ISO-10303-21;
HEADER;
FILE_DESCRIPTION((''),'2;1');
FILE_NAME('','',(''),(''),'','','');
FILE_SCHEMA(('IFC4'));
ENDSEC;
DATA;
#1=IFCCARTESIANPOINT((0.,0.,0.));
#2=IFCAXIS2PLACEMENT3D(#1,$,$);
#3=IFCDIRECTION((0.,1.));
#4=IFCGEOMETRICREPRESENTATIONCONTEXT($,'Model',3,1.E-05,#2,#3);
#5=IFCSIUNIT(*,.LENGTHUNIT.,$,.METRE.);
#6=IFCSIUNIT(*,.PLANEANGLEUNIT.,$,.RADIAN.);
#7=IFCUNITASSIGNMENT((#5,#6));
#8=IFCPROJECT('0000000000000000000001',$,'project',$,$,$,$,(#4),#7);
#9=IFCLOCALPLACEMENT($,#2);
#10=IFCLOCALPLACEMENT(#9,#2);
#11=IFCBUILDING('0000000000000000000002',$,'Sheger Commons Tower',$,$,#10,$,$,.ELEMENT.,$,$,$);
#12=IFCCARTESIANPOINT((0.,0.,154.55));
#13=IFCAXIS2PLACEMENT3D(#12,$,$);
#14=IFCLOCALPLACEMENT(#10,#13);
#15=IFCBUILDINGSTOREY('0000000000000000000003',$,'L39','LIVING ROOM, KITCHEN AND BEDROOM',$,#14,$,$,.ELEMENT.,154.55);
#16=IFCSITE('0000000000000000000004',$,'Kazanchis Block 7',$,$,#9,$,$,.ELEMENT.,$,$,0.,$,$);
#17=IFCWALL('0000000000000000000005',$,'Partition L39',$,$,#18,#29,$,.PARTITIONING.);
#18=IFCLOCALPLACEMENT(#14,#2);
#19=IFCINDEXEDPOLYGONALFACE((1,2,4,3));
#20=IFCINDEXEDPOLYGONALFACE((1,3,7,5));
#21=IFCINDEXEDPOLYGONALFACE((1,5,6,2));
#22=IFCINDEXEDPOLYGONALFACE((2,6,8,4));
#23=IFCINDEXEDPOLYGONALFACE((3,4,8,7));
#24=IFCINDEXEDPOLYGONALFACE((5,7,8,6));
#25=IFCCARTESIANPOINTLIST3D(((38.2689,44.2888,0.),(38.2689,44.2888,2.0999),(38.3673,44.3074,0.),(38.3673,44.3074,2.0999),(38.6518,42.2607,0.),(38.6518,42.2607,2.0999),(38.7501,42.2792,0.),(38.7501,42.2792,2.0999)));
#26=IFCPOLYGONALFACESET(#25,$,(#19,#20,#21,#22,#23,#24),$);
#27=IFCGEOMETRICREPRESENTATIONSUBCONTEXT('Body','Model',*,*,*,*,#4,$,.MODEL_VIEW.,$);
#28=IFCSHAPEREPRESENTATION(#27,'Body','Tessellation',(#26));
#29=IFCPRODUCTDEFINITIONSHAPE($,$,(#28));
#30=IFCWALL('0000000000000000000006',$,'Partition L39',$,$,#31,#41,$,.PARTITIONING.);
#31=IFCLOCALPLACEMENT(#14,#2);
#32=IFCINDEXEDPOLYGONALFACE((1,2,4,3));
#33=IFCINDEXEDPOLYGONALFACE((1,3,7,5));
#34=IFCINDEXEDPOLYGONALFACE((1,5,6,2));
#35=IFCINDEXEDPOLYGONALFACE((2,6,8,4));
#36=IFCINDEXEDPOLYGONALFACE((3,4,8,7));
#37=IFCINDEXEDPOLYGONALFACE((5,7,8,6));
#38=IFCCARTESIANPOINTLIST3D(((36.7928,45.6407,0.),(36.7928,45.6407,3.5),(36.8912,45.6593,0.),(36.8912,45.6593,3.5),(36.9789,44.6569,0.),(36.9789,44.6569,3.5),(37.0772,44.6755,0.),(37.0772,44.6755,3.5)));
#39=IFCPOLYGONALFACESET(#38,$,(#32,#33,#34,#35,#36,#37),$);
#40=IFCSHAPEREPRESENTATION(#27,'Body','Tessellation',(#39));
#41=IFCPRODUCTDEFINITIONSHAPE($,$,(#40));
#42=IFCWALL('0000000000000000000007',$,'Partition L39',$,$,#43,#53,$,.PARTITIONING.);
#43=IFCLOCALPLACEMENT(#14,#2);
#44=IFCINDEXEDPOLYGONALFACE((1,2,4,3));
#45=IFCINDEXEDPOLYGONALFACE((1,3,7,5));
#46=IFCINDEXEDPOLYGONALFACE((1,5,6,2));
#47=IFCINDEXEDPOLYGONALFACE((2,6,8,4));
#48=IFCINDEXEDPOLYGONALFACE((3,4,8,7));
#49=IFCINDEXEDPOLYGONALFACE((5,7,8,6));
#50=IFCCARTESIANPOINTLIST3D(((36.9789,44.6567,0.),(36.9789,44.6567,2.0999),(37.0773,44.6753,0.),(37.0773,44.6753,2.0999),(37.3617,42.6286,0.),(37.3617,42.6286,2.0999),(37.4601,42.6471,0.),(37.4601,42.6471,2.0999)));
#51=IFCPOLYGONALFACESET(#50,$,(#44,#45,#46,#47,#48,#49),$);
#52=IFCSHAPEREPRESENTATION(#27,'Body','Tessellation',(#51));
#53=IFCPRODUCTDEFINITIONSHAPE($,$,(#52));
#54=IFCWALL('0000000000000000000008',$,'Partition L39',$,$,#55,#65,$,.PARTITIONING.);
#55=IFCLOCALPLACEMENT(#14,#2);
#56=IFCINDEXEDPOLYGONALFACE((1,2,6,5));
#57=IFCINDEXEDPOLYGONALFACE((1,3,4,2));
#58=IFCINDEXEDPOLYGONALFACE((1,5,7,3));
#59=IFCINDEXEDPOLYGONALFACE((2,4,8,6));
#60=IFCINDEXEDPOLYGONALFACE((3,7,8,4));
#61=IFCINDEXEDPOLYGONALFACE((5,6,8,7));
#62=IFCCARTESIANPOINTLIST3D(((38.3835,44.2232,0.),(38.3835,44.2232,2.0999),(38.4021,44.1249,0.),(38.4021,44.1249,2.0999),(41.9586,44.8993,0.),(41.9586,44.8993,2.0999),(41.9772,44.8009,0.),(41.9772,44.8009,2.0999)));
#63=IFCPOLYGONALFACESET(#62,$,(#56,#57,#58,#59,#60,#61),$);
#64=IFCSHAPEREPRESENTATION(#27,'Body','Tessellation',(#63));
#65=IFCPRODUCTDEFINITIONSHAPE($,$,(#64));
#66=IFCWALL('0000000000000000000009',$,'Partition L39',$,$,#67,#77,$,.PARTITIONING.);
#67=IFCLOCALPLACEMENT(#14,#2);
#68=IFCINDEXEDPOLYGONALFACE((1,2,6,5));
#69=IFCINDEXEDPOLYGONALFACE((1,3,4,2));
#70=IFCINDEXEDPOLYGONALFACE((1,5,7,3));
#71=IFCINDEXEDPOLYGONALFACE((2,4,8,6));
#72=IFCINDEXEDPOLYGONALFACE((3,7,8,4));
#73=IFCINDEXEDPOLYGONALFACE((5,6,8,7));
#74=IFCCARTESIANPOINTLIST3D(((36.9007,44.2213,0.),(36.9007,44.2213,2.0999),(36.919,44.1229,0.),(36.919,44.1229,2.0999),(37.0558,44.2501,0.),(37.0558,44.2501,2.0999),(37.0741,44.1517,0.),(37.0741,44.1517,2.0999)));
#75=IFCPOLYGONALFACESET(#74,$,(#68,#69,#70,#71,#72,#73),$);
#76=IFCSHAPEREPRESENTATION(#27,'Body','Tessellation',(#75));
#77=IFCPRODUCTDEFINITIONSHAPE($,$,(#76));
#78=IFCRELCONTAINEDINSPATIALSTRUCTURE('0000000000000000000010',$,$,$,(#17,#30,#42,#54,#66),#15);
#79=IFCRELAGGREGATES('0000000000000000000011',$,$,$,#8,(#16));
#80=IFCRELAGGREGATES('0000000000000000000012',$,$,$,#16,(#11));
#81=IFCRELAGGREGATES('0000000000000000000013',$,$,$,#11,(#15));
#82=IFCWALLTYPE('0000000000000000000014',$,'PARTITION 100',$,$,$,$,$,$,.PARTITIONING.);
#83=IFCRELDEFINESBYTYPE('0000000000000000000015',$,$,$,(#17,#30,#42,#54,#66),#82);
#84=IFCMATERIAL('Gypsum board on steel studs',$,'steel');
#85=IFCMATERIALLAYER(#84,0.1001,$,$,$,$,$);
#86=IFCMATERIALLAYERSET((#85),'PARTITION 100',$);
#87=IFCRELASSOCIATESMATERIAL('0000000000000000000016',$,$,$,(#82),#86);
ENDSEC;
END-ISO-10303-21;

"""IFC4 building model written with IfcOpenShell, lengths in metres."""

from ifc_helpers import new_model, si_unit, direction, frame, frame_2d, origin, place, context, subcontext, project, spatial, rectangle, extrude, material, layer, layer_set, type_object, element, save


model = new_model("IFC4")

# Units and contexts
model_context = context("Model", 3, precision=1e-05, world=origin(), true_north=direction((0.0, 1.0)))
body_context = subcontext(model_context, "Body", "Model", "MODEL_VIEW")
ifc_project = project(units=[si_unit("LENGTHUNIT", "METRE"), si_unit("PLANEANGLEUNIT", "RADIAN")], contexts=[model_context])

# Site, building, storey
site_placement = place(None, origin())
site = spatial("IfcSite", under=ifc_project, at=site_placement, Name="Kazanchis Block 7", CompositionType="ELEMENT", RefElevation=0.0)
building_placement = place(site_placement, origin())
building = spatial("IfcBuilding", under=site, at=building_placement, Name="Sheger Commons Tower", CompositionType="ELEMENT")
storey_placement = place(building_placement, frame((0.0, 0.0, 154.55)))
storey = spatial("IfcBuildingStorey", under=building, at=storey_placement, Name="L39", Description="LIVING ROOM, KITCHEN AND BEDROOM", CompositionType="ELEMENT", Elevation=154.55)

# Walls
ifc_material_1 = material(Name="Gypsum board on steel studs", Category="steel")
ifc_layer_1 = layer(ifc_material_1, 0.1001)
ifc_layer_set_1 = layer_set([ifc_layer_1], Name="PARTITION 100")
wall_type_1 = type_object("IfcWallType", Name="PARTITION 100", PredefinedType="PARTITIONING", material=ifc_layer_set_1)
wall_1_placement = place(storey_placement, frame((38.3181, 44.2981, 0.0), z_axis=(0.0, 0.0, 1.0), x_axis=(0.185481, -0.982648, 0.0)))
element("IfcWall", 1, at=wall_1_placement, inside=storey, type_object=wall_type_1, Name="Partition L39", PredefinedType="PARTITIONING", context=body_context, shape_type="SweptSolid", body=[
    extrude(rectangle(XDim=2.064, YDim=0.1001, at=frame_2d((1.032, 0.0))), origin(), (0.0, 0.0, 1.0), 2.0999),
])
wall_2_placement = place(storey_placement, frame((36.842, 45.6499, 0.0), z_axis=(0.0, 0.0, 1.0), x_axis=(0.18579, -0.982589, 0.0)))
element("IfcWall", 2, at=wall_2_placement, inside=storey, type_object=wall_type_1, Name="Partition L39", PredefinedType="PARTITIONING", context=body_context, shape_type="SweptSolid", body=[
    extrude(rectangle(XDim=1.0012, YDim=0.1001, at=frame_2d((0.5005, 0.0))), origin(), (0.0, 0.0, 1.0), 3.5),
])
wall_3_placement = place(storey_placement, frame((37.0281, 44.666, 0.0), z_axis=(0.0, 0.0, 1.0), x_axis=(0.185481, -0.982648, 0.0)))
element("IfcWall", 3, at=wall_3_placement, inside=storey, type_object=wall_type_1, Name="Partition L39", PredefinedType="PARTITIONING", context=body_context, shape_type="SweptSolid", body=[
    extrude(rectangle(XDim=2.064, YDim=0.1001, at=frame_2d((1.032, 0.0))), origin(), (0.0, 0.0, 1.0), 2.0999),
])
wall_4_placement = place(storey_placement, frame((41.968, 44.8501, 0.0), z_axis=(0.0, 0.0, 1.0), x_axis=(-0.982586, -0.185808, 0.0)))
element("IfcWall", 4, at=wall_4_placement, inside=storey, type_object=wall_type_1, Name="Partition L39", PredefinedType="PARTITIONING", context=body_context, shape_type="SweptSolid", body=[
    extrude(rectangle(XDim=3.6384, YDim=0.1001, at=frame_2d((1.8193, 0.0))), origin(), (0.0, 0.0, 1.0), 2.0999),
])
wall_5_placement = place(storey_placement, frame((37.0649, 44.2009, 0.0), z_axis=(0.0, 0.0, 1.0), x_axis=(-0.983169, -0.182699, 0.0)))
element("IfcWall", 5, at=wall_5_placement, inside=storey, type_object=wall_type_1, Name="Partition L39", PredefinedType="PARTITIONING", context=body_context, shape_type="SweptSolid", body=[
    extrude(rectangle(XDim=0.1577, YDim=0.1001, at=frame_2d((0.0789, 0.0))), origin(), (0.0, 0.0, 1.0), 2.0999),
])

save(model, "model.ifc")
